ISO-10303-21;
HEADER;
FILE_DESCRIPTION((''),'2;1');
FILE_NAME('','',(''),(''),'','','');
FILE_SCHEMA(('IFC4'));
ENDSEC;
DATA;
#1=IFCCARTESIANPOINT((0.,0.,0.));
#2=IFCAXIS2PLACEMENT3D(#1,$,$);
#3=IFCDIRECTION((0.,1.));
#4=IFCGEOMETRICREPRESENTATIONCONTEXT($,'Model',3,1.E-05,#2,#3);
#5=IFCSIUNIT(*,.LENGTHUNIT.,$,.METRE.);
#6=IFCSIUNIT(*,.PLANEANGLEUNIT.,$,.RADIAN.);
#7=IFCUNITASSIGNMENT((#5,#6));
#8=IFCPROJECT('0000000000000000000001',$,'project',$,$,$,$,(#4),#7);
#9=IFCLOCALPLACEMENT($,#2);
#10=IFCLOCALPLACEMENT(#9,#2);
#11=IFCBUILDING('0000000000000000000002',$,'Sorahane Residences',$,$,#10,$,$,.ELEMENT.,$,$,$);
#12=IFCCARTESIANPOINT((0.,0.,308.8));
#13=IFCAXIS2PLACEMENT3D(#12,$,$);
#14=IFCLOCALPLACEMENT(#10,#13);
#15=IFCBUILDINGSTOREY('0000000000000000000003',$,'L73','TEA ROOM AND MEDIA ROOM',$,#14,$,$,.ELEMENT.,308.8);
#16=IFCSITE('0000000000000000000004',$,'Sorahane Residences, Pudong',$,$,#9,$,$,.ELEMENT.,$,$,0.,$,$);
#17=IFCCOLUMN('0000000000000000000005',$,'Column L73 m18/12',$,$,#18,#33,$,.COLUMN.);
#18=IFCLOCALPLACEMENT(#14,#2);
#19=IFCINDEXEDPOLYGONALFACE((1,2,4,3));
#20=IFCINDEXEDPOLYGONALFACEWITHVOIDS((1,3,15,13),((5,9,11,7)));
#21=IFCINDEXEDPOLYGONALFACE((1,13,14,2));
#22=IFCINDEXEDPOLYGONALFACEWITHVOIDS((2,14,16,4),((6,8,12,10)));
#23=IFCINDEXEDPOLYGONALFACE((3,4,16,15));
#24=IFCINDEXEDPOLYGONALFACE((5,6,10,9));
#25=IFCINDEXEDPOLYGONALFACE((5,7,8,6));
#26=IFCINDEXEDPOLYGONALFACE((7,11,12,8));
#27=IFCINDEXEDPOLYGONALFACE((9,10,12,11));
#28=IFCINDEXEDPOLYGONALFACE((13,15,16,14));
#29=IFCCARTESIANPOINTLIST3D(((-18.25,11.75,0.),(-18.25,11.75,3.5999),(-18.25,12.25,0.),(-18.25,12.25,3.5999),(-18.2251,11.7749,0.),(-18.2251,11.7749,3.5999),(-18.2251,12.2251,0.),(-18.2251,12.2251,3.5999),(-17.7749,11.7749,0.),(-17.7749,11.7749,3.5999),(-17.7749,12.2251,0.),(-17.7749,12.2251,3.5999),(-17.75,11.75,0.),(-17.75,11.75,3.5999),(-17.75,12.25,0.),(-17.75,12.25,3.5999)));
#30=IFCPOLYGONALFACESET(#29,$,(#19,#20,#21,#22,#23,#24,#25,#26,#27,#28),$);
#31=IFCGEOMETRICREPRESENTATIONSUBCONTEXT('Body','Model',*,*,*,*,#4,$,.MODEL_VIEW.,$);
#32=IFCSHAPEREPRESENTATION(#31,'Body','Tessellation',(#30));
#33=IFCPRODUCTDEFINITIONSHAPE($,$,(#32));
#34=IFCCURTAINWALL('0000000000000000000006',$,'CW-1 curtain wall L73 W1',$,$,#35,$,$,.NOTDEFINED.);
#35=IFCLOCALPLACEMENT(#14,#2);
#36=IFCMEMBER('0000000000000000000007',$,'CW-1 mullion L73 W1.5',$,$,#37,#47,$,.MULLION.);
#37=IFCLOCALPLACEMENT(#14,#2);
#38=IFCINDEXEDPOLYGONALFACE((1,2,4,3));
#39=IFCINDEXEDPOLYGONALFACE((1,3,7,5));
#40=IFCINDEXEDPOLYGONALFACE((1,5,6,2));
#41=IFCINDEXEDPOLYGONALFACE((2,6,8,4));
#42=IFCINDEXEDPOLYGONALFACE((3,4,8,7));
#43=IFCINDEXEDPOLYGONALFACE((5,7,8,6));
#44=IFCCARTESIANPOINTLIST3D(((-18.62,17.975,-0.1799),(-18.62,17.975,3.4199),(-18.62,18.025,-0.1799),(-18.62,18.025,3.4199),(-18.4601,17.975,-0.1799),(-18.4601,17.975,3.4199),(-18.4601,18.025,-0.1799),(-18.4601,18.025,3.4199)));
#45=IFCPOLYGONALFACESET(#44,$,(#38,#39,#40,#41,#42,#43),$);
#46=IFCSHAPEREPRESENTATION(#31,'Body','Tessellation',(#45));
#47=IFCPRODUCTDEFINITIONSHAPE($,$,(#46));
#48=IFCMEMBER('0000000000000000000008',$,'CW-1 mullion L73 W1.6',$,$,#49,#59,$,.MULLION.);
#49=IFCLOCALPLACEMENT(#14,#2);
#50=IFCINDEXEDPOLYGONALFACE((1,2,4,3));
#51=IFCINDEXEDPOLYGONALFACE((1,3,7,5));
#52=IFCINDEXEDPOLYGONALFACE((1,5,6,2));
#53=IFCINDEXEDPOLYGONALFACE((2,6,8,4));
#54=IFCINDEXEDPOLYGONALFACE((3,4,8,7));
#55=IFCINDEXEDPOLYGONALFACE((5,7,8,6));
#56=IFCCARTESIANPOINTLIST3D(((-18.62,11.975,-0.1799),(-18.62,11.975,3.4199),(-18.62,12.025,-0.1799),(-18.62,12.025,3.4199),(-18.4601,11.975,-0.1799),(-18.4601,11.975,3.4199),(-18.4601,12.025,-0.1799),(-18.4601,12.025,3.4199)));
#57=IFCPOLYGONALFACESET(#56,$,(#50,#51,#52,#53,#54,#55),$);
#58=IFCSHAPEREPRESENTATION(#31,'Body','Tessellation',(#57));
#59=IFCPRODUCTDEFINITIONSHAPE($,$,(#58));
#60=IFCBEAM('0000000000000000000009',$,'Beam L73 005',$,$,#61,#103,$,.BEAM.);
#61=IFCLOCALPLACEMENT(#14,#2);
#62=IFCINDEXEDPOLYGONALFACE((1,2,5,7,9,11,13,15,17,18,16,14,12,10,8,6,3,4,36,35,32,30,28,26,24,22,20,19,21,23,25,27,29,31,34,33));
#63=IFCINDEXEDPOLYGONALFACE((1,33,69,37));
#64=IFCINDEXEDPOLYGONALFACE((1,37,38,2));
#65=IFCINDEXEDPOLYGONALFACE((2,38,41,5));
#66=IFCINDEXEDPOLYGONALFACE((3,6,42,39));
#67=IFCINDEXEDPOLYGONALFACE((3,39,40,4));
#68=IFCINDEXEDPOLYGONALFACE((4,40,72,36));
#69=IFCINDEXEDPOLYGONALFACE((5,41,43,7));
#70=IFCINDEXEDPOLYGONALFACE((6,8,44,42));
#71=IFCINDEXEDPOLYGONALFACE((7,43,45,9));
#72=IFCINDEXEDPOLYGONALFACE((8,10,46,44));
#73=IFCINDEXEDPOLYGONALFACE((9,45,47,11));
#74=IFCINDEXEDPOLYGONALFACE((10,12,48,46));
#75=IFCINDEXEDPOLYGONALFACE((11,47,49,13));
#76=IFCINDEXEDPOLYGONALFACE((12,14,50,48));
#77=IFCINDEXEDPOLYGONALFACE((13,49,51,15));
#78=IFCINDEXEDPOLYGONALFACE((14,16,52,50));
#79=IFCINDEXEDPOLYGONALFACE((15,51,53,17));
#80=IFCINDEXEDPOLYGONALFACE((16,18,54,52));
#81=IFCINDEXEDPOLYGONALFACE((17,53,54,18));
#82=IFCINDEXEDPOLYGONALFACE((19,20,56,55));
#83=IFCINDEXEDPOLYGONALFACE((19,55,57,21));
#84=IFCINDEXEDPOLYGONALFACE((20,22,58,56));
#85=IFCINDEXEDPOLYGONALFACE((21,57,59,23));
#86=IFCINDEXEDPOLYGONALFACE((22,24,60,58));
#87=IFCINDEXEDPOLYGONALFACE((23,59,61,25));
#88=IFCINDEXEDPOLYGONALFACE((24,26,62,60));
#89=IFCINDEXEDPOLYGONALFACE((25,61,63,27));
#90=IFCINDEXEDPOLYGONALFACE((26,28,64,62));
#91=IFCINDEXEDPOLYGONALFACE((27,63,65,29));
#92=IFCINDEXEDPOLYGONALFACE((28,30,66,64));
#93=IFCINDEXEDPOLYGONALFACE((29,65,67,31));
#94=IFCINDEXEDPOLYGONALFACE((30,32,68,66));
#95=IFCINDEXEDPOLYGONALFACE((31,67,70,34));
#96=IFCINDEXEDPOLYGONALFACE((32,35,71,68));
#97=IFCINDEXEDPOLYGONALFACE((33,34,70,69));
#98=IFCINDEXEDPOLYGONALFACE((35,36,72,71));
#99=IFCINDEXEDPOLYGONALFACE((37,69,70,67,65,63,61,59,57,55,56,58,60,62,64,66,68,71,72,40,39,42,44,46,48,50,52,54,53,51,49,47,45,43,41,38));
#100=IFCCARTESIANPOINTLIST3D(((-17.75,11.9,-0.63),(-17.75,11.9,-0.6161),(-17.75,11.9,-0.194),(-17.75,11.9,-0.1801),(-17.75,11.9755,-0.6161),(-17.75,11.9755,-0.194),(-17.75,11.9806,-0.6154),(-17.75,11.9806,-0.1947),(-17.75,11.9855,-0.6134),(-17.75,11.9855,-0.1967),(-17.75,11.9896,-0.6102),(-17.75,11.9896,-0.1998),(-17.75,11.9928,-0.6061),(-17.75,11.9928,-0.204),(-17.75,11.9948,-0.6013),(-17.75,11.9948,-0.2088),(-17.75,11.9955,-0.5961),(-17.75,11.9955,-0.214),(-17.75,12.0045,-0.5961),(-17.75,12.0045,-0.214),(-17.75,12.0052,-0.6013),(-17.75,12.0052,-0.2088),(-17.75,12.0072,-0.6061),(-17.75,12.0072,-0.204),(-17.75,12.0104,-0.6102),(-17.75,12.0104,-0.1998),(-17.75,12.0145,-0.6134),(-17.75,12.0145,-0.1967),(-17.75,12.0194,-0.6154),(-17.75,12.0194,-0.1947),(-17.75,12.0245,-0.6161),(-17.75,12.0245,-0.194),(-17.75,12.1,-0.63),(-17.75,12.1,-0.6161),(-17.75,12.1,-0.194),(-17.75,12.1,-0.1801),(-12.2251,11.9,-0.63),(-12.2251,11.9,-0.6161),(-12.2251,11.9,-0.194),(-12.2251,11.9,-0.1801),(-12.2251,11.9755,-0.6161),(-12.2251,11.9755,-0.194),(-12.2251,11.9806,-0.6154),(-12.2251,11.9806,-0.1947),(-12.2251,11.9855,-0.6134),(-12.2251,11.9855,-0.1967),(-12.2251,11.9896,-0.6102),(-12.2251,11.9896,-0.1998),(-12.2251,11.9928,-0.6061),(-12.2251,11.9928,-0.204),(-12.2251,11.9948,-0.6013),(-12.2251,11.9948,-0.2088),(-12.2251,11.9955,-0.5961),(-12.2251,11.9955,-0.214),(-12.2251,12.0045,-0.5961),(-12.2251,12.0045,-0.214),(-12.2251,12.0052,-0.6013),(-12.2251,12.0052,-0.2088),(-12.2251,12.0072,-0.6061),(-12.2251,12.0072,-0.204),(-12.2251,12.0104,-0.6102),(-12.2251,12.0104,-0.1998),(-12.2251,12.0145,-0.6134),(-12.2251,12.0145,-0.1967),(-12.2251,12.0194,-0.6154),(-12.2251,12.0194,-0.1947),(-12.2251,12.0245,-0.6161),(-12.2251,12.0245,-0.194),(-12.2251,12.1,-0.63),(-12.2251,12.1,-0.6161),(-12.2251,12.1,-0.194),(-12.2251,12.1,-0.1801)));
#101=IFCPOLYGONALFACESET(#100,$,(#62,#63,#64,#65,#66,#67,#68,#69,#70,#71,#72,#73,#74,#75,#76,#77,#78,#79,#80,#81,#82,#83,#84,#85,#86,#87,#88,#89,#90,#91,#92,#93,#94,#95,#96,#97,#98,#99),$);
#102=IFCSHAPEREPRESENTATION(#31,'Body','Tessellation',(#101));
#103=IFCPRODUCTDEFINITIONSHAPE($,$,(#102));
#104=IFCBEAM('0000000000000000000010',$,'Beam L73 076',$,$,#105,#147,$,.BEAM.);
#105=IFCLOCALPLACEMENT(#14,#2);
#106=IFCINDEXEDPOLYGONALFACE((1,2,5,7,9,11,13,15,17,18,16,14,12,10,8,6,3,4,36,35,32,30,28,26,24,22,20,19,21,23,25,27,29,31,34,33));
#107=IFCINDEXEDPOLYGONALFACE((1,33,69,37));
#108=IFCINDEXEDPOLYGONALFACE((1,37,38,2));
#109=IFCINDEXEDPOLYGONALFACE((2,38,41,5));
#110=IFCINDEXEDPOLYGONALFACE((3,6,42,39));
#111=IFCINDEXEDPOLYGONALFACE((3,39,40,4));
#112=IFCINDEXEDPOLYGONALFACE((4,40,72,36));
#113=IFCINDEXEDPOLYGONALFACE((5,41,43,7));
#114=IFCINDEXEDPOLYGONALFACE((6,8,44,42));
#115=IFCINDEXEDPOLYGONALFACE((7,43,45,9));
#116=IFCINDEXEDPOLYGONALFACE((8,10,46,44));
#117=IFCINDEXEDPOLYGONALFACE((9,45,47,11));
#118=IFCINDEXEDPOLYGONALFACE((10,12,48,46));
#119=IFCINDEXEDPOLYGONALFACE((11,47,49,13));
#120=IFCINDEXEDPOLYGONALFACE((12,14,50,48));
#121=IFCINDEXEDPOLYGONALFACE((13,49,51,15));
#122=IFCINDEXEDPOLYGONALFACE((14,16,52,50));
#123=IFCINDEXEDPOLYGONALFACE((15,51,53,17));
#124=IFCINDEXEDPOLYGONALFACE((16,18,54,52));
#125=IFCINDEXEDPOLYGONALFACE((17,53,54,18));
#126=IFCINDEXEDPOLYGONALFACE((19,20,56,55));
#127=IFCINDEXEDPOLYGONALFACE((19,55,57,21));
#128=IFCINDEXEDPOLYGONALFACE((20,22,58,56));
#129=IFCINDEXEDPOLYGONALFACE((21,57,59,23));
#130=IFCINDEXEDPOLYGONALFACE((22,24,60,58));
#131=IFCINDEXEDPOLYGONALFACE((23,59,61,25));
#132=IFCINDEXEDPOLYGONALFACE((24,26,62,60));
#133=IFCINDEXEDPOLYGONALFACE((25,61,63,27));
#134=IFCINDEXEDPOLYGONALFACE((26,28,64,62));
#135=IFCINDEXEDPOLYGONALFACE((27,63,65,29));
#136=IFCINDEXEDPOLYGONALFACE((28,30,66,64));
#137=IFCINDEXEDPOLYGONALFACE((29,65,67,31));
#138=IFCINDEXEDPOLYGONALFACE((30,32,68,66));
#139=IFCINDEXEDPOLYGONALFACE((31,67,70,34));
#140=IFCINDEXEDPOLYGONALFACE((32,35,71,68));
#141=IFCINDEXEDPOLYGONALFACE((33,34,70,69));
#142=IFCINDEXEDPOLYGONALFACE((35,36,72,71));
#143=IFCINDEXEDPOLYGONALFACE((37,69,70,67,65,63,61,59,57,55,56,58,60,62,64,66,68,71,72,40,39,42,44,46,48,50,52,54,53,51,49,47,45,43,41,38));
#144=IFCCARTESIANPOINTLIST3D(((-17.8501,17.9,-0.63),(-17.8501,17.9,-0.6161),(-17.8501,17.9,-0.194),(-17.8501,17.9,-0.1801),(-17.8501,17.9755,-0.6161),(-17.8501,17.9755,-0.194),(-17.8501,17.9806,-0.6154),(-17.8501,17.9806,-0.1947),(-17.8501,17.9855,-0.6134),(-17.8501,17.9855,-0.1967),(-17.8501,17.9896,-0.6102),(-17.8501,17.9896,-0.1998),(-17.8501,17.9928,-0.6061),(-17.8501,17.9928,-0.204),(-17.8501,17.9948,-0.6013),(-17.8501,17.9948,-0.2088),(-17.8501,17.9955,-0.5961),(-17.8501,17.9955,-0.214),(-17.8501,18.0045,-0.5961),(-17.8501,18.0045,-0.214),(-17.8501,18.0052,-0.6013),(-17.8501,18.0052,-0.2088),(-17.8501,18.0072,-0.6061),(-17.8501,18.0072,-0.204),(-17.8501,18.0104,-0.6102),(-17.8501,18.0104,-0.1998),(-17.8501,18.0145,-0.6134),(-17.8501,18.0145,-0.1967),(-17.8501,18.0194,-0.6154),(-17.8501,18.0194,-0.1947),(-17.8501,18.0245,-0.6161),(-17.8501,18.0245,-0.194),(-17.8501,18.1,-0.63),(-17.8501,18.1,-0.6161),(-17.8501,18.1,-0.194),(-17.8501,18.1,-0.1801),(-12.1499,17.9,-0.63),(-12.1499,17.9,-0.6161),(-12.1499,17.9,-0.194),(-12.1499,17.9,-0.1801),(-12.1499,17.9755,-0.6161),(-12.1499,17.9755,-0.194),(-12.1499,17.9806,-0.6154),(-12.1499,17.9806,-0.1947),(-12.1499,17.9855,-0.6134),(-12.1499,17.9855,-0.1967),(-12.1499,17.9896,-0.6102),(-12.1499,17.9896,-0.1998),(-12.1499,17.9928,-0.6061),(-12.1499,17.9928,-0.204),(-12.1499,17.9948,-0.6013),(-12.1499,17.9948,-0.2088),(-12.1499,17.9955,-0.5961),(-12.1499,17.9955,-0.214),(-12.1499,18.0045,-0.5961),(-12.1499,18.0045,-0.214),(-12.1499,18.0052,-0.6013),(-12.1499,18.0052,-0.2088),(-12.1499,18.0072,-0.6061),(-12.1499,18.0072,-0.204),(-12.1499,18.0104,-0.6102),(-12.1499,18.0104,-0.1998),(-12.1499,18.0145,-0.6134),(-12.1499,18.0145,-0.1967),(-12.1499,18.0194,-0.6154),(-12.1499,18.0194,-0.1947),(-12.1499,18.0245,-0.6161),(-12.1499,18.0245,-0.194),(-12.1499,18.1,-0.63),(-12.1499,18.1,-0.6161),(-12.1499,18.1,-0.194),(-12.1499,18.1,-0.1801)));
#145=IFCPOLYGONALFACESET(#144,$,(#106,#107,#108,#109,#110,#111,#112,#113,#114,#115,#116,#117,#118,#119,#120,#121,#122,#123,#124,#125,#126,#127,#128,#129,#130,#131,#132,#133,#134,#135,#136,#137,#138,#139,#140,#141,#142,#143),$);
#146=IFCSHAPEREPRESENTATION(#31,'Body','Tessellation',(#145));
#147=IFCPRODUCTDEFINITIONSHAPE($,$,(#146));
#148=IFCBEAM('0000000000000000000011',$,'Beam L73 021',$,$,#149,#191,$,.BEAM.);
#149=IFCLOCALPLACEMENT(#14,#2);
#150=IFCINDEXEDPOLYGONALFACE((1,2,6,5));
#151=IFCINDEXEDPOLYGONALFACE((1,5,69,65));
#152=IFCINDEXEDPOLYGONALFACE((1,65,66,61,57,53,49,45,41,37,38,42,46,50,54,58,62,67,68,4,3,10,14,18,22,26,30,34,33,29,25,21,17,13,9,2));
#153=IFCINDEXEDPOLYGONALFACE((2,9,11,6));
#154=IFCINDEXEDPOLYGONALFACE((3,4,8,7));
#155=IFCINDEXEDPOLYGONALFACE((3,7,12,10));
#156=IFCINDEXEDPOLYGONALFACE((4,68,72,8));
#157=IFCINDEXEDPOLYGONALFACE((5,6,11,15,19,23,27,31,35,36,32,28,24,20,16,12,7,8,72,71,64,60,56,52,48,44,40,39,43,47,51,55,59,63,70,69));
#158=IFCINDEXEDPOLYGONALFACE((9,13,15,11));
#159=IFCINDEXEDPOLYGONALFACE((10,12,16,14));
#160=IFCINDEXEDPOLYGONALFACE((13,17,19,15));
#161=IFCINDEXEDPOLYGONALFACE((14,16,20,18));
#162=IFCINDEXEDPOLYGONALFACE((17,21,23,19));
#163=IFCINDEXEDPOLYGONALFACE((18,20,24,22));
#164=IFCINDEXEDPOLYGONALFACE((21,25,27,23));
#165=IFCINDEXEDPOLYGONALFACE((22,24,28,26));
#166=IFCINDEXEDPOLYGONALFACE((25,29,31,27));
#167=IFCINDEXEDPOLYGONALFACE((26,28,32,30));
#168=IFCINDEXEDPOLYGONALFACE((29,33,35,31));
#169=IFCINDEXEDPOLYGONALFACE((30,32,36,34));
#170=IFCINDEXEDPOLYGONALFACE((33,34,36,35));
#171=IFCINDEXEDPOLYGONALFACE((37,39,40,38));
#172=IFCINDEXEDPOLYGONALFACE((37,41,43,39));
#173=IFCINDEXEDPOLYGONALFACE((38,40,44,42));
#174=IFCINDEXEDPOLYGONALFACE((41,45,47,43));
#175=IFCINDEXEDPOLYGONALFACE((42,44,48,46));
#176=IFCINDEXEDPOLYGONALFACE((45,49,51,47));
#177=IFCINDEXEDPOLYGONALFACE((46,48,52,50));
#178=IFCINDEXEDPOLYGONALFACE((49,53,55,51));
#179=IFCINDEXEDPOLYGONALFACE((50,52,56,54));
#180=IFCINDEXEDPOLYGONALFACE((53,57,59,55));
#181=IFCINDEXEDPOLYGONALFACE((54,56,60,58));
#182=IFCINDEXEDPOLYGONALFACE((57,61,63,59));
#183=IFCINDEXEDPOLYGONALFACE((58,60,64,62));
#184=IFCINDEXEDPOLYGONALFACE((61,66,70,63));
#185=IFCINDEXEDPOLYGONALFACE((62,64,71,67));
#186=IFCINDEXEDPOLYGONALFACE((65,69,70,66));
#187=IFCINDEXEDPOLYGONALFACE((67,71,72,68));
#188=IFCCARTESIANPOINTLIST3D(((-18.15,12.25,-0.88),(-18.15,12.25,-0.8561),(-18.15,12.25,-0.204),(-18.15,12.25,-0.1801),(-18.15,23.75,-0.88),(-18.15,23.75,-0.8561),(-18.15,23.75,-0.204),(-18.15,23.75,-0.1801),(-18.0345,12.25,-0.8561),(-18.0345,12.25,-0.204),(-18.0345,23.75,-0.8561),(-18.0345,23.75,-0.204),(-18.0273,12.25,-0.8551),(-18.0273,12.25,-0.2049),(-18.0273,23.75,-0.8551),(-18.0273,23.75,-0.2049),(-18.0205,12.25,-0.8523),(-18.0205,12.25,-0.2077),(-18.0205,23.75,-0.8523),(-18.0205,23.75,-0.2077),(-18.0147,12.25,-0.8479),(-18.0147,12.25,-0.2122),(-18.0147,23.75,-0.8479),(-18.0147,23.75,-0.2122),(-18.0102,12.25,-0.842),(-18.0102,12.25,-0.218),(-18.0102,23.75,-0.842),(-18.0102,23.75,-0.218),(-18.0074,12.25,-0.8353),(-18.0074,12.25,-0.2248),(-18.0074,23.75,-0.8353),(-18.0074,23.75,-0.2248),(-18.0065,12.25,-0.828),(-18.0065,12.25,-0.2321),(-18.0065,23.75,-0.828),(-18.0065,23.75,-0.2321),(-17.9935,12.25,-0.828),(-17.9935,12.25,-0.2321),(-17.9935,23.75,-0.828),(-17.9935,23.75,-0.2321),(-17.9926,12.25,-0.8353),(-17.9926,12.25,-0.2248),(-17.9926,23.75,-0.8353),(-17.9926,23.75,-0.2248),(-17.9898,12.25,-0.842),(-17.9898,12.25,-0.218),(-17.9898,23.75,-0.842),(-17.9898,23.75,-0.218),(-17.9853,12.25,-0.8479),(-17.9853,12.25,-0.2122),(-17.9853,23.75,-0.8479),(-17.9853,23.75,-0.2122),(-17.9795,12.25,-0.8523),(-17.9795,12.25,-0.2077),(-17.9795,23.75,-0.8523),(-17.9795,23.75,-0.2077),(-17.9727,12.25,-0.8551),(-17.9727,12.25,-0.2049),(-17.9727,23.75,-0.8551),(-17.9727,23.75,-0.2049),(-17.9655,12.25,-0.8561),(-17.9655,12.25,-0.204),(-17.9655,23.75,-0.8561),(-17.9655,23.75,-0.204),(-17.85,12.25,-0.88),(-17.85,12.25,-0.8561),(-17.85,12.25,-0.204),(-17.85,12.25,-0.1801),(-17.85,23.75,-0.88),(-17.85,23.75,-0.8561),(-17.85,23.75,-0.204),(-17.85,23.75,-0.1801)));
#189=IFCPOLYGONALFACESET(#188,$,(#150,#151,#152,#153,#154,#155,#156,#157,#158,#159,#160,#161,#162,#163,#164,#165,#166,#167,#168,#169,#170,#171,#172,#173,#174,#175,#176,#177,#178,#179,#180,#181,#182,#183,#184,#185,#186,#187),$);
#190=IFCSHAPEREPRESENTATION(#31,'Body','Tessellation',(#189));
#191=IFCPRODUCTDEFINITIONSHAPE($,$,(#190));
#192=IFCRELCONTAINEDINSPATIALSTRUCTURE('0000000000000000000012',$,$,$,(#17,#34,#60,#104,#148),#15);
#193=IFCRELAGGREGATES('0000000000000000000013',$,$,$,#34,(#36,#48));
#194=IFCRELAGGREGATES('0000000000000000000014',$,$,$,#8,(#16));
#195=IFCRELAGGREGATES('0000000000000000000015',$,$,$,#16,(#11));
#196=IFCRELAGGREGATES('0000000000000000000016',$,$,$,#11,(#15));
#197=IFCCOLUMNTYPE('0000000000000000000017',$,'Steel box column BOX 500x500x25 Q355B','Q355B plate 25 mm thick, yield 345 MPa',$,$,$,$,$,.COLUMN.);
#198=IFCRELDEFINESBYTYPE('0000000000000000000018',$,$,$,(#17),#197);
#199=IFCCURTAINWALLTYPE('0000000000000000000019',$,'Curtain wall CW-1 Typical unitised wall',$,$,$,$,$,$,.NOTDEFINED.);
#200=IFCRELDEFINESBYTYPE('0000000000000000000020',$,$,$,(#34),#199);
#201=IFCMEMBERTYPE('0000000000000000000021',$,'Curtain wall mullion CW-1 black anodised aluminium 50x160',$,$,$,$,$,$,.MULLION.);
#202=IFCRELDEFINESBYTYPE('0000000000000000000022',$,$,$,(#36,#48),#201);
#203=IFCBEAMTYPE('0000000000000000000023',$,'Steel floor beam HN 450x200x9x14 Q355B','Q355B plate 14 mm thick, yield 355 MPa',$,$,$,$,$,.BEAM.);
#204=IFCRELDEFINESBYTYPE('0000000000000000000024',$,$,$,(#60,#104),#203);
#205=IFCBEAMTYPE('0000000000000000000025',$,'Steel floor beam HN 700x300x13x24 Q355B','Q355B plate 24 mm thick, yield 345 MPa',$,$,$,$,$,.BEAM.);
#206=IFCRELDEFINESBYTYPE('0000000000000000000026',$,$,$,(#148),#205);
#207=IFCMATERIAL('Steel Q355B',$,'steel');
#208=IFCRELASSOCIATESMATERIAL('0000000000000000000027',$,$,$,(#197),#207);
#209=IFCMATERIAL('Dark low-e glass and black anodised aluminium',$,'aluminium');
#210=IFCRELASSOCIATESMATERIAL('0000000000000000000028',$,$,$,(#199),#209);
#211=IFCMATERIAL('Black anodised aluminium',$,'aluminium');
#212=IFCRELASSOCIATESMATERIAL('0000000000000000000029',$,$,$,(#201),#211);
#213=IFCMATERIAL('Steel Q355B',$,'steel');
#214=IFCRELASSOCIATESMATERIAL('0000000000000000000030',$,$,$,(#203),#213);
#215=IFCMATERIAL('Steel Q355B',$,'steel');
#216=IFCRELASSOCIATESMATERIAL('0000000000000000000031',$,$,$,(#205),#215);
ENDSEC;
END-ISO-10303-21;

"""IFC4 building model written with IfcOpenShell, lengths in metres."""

from ifc_helpers import new_model, si_unit, direction, frame, origin, origin_2d, place, context, subcontext, project, spatial, rectangle, hollow_rectangle, i_section, extrude, material, material_profile, profile_set, type_object, element, aggregate, save


model = new_model("IFC4")

# Units and contexts
model_context = context("Model", 3, precision=1e-05, world=origin(), true_north=direction((0.0, 1.0)))
body_context = subcontext(model_context, "Body", "Model", "MODEL_VIEW")
ifc_project = project(units=[si_unit("LENGTHUNIT", "METRE"), si_unit("PLANEANGLEUNIT", "RADIAN")], contexts=[model_context])

# Site, building, storey
site_placement = place(None, origin())
site = spatial("IfcSite", under=ifc_project, at=site_placement, Name="Sorahane Residences, Pudong", CompositionType="ELEMENT", RefElevation=0.0)
building_placement = place(site_placement, origin())
building = spatial("IfcBuilding", under=site, at=building_placement, Name="Sorahane Residences", CompositionType="ELEMENT")
storey_placement = place(building_placement, frame((0.0, 0.0, 308.8)))
storey = spatial("IfcBuildingStorey", under=building, at=storey_placement, Name="L73", Description="TEA ROOM AND MEDIA ROOM", CompositionType="ELEMENT", Elevation=308.8)

# Column
ifc_material_1 = material(Name="Steel Q355B", Category="steel")
ifc_material_profile_1 = material_profile(ifc_material_1, hollow_rectangle(XDim=0.5, YDim=0.5, WallThickness=0.0249, at=origin_2d()), Name="BOX 500x500x25")
ifc_profile_set_1 = profile_set([ifc_material_profile_1], Name="Steel Q355B")
column_type = type_object("IfcColumnType", Name="Steel box column BOX 500x500x25 Q355B", Description="Q355B plate 25 mm thick, yield 345 MPa", PredefinedType="COLUMN", material=ifc_profile_set_1)
column_placement = place(storey_placement, frame((-18.0, 12.0, 0.0), z_axis=(0.0, 0.0, 1.0), x_axis=(1.0, 0.0, 0.0)))
element("IfcColumn", 1, at=column_placement, inside=storey, type_object=column_type, Name="Column L73 m18/12", PredefinedType="COLUMN", context=body_context, shape_type="SweptSolid", body=[
    extrude(hollow_rectangle(XDim=0.5, YDim=0.5, WallThickness=0.0249, at=origin_2d()), origin(), (0.0, 0.0, 1.0), 3.5999),
])

# Curtain wall, members
ifc_material_2 = material(Name="Dark low-e glass and black anodised aluminium", Category="aluminium")
curtain_wall_type = type_object("IfcCurtainWallType", Name="Curtain wall CW-1 Typical unitised wall", PredefinedType="NOTDEFINED", material=ifc_material_2)
curtain_wall_placement = place(storey_placement, origin())
curtain_wall = element("IfcCurtainWall", 2, at=curtain_wall_placement, inside=storey, type_object=curtain_wall_type, Name="CW-1 curtain wall L73 W1", PredefinedType="NOTDEFINED")
ifc_material_3 = material(Name="Black anodised aluminium", Category="aluminium")
ifc_material_profile_2 = material_profile(ifc_material_3, rectangle(XDim=0.1599, YDim=0.05, at=origin_2d()), Name="Curtain wall mullion CW-1 black anodised aluminium 50x160")
ifc_profile_set_2 = profile_set([ifc_material_profile_2], Name="Black anodised aluminium")
member_type = type_object("IfcMemberType", Name="Curtain wall mullion CW-1 black anodised aluminium 50x160", PredefinedType="MULLION", material=ifc_profile_set_2)
member_1_placement = place(storey_placement, frame((-18.54, 18.0, -0.1799), z_axis=(0.0, 0.0, 1.0), x_axis=(-1.0, 0.0, 0.0)))
member_1 = element("IfcMember", 3, at=member_1_placement, type_object=member_type, Name="CW-1 mullion L73 W1.5", PredefinedType="MULLION", context=body_context, shape_type="SweptSolid", body=[
    extrude(rectangle(XDim=0.1599, YDim=0.05, at=origin_2d()), origin(), (0.0, 0.0, 1.0), 3.5999),
])
member_2_placement = place(storey_placement, frame((-18.54, 12.0, -0.1799), z_axis=(0.0, 0.0, 1.0), x_axis=(-1.0, 0.0, 0.0)))
member_2 = element("IfcMember", 4, at=member_2_placement, type_object=member_type, Name="CW-1 mullion L73 W1.6", PredefinedType="MULLION", context=body_context, shape_type="SweptSolid", body=[
    extrude(rectangle(XDim=0.1599, YDim=0.05, at=origin_2d()), origin(), (0.0, 0.0, 1.0), 3.5999),
])

# Beams
ifc_material_4 = material(Name="Steel Q355B", Category="steel")
ifc_material_profile_3 = material_profile(ifc_material_4, i_section(OverallWidth=0.2, OverallDepth=0.45, WebThickness=0.009, FlangeThickness=0.0139, FilletRadius=0.02, at=origin_2d()), Name="HN 450x200x9x14")
ifc_profile_set_3 = profile_set([ifc_material_profile_3], Name="Steel Q355B")
beam_type_1 = type_object("IfcBeamType", Name="Steel floor beam HN 450x200x9x14 Q355B", Description="Q355B plate 14 mm thick, yield 355 MPa", PredefinedType="BEAM", material=ifc_profile_set_3)
beam_1_placement = place(storey_placement, frame((-17.75, 12.0, -0.405), z_axis=(1.0, 0.0, 0.0), x_axis=(0.0, 1.0, 0.0)))
element("IfcBeam", 5, at=beam_1_placement, inside=storey, type_object=beam_type_1, Name="Beam L73 005", PredefinedType="BEAM", context=body_context, shape_type="SweptSolid", body=[
    extrude(i_section(OverallWidth=0.2, OverallDepth=0.45, WebThickness=0.009, FlangeThickness=0.0139, FilletRadius=0.02, at=origin_2d()), origin(), (0.0, 0.0, 1.0), 5.5249),
])
beam_2_placement = place(storey_placement, frame((-17.8501, 18.0, -0.405), z_axis=(1.0, 0.0, 0.0), x_axis=(0.0, 1.0, 0.0)))
element("IfcBeam", 6, at=beam_2_placement, inside=storey, type_object=beam_type_1, Name="Beam L73 076", PredefinedType="BEAM", context=body_context, shape_type="SweptSolid", body=[
    extrude(i_section(OverallWidth=0.2, OverallDepth=0.45, WebThickness=0.009, FlangeThickness=0.0139, FilletRadius=0.02, at=origin_2d()), origin(), (0.0, 0.0, 1.0), 5.7002),
])
ifc_material_5 = material(Name="Steel Q355B", Category="steel")
ifc_material_profile_4 = material_profile(ifc_material_5, i_section(OverallWidth=0.3, OverallDepth=0.7, WebThickness=0.0129, FlangeThickness=0.0239, FilletRadius=0.0281, at=origin_2d()), Name="HN 700x300x13x24")
ifc_profile_set_4 = profile_set([ifc_material_profile_4], Name="Steel Q355B")
beam_type_2 = type_object("IfcBeamType", Name="Steel floor beam HN 700x300x13x24 Q355B", Description="Q355B plate 24 mm thick, yield 345 MPa", PredefinedType="BEAM", material=ifc_profile_set_4)
beam_3_placement = place(storey_placement, frame((-18.0, 12.25, -0.53), z_axis=(0.0, 1.0, 0.0), x_axis=(-1.0, 0.0, 0.0)))
element("IfcBeam", 7, at=beam_3_placement, inside=storey, type_object=beam_type_2, Name="Beam L73 021", PredefinedType="BEAM", context=body_context, shape_type="SweptSolid", body=[
    extrude(i_section(OverallWidth=0.3, OverallDepth=0.7, WebThickness=0.0129, FlangeThickness=0.0239, FilletRadius=0.0281, at=origin_2d()), origin(), (0.0, 0.0, 1.0), 11.5),
])

aggregate(curtain_wall, [member_1, member_2])

save(model, "model.ifc")
